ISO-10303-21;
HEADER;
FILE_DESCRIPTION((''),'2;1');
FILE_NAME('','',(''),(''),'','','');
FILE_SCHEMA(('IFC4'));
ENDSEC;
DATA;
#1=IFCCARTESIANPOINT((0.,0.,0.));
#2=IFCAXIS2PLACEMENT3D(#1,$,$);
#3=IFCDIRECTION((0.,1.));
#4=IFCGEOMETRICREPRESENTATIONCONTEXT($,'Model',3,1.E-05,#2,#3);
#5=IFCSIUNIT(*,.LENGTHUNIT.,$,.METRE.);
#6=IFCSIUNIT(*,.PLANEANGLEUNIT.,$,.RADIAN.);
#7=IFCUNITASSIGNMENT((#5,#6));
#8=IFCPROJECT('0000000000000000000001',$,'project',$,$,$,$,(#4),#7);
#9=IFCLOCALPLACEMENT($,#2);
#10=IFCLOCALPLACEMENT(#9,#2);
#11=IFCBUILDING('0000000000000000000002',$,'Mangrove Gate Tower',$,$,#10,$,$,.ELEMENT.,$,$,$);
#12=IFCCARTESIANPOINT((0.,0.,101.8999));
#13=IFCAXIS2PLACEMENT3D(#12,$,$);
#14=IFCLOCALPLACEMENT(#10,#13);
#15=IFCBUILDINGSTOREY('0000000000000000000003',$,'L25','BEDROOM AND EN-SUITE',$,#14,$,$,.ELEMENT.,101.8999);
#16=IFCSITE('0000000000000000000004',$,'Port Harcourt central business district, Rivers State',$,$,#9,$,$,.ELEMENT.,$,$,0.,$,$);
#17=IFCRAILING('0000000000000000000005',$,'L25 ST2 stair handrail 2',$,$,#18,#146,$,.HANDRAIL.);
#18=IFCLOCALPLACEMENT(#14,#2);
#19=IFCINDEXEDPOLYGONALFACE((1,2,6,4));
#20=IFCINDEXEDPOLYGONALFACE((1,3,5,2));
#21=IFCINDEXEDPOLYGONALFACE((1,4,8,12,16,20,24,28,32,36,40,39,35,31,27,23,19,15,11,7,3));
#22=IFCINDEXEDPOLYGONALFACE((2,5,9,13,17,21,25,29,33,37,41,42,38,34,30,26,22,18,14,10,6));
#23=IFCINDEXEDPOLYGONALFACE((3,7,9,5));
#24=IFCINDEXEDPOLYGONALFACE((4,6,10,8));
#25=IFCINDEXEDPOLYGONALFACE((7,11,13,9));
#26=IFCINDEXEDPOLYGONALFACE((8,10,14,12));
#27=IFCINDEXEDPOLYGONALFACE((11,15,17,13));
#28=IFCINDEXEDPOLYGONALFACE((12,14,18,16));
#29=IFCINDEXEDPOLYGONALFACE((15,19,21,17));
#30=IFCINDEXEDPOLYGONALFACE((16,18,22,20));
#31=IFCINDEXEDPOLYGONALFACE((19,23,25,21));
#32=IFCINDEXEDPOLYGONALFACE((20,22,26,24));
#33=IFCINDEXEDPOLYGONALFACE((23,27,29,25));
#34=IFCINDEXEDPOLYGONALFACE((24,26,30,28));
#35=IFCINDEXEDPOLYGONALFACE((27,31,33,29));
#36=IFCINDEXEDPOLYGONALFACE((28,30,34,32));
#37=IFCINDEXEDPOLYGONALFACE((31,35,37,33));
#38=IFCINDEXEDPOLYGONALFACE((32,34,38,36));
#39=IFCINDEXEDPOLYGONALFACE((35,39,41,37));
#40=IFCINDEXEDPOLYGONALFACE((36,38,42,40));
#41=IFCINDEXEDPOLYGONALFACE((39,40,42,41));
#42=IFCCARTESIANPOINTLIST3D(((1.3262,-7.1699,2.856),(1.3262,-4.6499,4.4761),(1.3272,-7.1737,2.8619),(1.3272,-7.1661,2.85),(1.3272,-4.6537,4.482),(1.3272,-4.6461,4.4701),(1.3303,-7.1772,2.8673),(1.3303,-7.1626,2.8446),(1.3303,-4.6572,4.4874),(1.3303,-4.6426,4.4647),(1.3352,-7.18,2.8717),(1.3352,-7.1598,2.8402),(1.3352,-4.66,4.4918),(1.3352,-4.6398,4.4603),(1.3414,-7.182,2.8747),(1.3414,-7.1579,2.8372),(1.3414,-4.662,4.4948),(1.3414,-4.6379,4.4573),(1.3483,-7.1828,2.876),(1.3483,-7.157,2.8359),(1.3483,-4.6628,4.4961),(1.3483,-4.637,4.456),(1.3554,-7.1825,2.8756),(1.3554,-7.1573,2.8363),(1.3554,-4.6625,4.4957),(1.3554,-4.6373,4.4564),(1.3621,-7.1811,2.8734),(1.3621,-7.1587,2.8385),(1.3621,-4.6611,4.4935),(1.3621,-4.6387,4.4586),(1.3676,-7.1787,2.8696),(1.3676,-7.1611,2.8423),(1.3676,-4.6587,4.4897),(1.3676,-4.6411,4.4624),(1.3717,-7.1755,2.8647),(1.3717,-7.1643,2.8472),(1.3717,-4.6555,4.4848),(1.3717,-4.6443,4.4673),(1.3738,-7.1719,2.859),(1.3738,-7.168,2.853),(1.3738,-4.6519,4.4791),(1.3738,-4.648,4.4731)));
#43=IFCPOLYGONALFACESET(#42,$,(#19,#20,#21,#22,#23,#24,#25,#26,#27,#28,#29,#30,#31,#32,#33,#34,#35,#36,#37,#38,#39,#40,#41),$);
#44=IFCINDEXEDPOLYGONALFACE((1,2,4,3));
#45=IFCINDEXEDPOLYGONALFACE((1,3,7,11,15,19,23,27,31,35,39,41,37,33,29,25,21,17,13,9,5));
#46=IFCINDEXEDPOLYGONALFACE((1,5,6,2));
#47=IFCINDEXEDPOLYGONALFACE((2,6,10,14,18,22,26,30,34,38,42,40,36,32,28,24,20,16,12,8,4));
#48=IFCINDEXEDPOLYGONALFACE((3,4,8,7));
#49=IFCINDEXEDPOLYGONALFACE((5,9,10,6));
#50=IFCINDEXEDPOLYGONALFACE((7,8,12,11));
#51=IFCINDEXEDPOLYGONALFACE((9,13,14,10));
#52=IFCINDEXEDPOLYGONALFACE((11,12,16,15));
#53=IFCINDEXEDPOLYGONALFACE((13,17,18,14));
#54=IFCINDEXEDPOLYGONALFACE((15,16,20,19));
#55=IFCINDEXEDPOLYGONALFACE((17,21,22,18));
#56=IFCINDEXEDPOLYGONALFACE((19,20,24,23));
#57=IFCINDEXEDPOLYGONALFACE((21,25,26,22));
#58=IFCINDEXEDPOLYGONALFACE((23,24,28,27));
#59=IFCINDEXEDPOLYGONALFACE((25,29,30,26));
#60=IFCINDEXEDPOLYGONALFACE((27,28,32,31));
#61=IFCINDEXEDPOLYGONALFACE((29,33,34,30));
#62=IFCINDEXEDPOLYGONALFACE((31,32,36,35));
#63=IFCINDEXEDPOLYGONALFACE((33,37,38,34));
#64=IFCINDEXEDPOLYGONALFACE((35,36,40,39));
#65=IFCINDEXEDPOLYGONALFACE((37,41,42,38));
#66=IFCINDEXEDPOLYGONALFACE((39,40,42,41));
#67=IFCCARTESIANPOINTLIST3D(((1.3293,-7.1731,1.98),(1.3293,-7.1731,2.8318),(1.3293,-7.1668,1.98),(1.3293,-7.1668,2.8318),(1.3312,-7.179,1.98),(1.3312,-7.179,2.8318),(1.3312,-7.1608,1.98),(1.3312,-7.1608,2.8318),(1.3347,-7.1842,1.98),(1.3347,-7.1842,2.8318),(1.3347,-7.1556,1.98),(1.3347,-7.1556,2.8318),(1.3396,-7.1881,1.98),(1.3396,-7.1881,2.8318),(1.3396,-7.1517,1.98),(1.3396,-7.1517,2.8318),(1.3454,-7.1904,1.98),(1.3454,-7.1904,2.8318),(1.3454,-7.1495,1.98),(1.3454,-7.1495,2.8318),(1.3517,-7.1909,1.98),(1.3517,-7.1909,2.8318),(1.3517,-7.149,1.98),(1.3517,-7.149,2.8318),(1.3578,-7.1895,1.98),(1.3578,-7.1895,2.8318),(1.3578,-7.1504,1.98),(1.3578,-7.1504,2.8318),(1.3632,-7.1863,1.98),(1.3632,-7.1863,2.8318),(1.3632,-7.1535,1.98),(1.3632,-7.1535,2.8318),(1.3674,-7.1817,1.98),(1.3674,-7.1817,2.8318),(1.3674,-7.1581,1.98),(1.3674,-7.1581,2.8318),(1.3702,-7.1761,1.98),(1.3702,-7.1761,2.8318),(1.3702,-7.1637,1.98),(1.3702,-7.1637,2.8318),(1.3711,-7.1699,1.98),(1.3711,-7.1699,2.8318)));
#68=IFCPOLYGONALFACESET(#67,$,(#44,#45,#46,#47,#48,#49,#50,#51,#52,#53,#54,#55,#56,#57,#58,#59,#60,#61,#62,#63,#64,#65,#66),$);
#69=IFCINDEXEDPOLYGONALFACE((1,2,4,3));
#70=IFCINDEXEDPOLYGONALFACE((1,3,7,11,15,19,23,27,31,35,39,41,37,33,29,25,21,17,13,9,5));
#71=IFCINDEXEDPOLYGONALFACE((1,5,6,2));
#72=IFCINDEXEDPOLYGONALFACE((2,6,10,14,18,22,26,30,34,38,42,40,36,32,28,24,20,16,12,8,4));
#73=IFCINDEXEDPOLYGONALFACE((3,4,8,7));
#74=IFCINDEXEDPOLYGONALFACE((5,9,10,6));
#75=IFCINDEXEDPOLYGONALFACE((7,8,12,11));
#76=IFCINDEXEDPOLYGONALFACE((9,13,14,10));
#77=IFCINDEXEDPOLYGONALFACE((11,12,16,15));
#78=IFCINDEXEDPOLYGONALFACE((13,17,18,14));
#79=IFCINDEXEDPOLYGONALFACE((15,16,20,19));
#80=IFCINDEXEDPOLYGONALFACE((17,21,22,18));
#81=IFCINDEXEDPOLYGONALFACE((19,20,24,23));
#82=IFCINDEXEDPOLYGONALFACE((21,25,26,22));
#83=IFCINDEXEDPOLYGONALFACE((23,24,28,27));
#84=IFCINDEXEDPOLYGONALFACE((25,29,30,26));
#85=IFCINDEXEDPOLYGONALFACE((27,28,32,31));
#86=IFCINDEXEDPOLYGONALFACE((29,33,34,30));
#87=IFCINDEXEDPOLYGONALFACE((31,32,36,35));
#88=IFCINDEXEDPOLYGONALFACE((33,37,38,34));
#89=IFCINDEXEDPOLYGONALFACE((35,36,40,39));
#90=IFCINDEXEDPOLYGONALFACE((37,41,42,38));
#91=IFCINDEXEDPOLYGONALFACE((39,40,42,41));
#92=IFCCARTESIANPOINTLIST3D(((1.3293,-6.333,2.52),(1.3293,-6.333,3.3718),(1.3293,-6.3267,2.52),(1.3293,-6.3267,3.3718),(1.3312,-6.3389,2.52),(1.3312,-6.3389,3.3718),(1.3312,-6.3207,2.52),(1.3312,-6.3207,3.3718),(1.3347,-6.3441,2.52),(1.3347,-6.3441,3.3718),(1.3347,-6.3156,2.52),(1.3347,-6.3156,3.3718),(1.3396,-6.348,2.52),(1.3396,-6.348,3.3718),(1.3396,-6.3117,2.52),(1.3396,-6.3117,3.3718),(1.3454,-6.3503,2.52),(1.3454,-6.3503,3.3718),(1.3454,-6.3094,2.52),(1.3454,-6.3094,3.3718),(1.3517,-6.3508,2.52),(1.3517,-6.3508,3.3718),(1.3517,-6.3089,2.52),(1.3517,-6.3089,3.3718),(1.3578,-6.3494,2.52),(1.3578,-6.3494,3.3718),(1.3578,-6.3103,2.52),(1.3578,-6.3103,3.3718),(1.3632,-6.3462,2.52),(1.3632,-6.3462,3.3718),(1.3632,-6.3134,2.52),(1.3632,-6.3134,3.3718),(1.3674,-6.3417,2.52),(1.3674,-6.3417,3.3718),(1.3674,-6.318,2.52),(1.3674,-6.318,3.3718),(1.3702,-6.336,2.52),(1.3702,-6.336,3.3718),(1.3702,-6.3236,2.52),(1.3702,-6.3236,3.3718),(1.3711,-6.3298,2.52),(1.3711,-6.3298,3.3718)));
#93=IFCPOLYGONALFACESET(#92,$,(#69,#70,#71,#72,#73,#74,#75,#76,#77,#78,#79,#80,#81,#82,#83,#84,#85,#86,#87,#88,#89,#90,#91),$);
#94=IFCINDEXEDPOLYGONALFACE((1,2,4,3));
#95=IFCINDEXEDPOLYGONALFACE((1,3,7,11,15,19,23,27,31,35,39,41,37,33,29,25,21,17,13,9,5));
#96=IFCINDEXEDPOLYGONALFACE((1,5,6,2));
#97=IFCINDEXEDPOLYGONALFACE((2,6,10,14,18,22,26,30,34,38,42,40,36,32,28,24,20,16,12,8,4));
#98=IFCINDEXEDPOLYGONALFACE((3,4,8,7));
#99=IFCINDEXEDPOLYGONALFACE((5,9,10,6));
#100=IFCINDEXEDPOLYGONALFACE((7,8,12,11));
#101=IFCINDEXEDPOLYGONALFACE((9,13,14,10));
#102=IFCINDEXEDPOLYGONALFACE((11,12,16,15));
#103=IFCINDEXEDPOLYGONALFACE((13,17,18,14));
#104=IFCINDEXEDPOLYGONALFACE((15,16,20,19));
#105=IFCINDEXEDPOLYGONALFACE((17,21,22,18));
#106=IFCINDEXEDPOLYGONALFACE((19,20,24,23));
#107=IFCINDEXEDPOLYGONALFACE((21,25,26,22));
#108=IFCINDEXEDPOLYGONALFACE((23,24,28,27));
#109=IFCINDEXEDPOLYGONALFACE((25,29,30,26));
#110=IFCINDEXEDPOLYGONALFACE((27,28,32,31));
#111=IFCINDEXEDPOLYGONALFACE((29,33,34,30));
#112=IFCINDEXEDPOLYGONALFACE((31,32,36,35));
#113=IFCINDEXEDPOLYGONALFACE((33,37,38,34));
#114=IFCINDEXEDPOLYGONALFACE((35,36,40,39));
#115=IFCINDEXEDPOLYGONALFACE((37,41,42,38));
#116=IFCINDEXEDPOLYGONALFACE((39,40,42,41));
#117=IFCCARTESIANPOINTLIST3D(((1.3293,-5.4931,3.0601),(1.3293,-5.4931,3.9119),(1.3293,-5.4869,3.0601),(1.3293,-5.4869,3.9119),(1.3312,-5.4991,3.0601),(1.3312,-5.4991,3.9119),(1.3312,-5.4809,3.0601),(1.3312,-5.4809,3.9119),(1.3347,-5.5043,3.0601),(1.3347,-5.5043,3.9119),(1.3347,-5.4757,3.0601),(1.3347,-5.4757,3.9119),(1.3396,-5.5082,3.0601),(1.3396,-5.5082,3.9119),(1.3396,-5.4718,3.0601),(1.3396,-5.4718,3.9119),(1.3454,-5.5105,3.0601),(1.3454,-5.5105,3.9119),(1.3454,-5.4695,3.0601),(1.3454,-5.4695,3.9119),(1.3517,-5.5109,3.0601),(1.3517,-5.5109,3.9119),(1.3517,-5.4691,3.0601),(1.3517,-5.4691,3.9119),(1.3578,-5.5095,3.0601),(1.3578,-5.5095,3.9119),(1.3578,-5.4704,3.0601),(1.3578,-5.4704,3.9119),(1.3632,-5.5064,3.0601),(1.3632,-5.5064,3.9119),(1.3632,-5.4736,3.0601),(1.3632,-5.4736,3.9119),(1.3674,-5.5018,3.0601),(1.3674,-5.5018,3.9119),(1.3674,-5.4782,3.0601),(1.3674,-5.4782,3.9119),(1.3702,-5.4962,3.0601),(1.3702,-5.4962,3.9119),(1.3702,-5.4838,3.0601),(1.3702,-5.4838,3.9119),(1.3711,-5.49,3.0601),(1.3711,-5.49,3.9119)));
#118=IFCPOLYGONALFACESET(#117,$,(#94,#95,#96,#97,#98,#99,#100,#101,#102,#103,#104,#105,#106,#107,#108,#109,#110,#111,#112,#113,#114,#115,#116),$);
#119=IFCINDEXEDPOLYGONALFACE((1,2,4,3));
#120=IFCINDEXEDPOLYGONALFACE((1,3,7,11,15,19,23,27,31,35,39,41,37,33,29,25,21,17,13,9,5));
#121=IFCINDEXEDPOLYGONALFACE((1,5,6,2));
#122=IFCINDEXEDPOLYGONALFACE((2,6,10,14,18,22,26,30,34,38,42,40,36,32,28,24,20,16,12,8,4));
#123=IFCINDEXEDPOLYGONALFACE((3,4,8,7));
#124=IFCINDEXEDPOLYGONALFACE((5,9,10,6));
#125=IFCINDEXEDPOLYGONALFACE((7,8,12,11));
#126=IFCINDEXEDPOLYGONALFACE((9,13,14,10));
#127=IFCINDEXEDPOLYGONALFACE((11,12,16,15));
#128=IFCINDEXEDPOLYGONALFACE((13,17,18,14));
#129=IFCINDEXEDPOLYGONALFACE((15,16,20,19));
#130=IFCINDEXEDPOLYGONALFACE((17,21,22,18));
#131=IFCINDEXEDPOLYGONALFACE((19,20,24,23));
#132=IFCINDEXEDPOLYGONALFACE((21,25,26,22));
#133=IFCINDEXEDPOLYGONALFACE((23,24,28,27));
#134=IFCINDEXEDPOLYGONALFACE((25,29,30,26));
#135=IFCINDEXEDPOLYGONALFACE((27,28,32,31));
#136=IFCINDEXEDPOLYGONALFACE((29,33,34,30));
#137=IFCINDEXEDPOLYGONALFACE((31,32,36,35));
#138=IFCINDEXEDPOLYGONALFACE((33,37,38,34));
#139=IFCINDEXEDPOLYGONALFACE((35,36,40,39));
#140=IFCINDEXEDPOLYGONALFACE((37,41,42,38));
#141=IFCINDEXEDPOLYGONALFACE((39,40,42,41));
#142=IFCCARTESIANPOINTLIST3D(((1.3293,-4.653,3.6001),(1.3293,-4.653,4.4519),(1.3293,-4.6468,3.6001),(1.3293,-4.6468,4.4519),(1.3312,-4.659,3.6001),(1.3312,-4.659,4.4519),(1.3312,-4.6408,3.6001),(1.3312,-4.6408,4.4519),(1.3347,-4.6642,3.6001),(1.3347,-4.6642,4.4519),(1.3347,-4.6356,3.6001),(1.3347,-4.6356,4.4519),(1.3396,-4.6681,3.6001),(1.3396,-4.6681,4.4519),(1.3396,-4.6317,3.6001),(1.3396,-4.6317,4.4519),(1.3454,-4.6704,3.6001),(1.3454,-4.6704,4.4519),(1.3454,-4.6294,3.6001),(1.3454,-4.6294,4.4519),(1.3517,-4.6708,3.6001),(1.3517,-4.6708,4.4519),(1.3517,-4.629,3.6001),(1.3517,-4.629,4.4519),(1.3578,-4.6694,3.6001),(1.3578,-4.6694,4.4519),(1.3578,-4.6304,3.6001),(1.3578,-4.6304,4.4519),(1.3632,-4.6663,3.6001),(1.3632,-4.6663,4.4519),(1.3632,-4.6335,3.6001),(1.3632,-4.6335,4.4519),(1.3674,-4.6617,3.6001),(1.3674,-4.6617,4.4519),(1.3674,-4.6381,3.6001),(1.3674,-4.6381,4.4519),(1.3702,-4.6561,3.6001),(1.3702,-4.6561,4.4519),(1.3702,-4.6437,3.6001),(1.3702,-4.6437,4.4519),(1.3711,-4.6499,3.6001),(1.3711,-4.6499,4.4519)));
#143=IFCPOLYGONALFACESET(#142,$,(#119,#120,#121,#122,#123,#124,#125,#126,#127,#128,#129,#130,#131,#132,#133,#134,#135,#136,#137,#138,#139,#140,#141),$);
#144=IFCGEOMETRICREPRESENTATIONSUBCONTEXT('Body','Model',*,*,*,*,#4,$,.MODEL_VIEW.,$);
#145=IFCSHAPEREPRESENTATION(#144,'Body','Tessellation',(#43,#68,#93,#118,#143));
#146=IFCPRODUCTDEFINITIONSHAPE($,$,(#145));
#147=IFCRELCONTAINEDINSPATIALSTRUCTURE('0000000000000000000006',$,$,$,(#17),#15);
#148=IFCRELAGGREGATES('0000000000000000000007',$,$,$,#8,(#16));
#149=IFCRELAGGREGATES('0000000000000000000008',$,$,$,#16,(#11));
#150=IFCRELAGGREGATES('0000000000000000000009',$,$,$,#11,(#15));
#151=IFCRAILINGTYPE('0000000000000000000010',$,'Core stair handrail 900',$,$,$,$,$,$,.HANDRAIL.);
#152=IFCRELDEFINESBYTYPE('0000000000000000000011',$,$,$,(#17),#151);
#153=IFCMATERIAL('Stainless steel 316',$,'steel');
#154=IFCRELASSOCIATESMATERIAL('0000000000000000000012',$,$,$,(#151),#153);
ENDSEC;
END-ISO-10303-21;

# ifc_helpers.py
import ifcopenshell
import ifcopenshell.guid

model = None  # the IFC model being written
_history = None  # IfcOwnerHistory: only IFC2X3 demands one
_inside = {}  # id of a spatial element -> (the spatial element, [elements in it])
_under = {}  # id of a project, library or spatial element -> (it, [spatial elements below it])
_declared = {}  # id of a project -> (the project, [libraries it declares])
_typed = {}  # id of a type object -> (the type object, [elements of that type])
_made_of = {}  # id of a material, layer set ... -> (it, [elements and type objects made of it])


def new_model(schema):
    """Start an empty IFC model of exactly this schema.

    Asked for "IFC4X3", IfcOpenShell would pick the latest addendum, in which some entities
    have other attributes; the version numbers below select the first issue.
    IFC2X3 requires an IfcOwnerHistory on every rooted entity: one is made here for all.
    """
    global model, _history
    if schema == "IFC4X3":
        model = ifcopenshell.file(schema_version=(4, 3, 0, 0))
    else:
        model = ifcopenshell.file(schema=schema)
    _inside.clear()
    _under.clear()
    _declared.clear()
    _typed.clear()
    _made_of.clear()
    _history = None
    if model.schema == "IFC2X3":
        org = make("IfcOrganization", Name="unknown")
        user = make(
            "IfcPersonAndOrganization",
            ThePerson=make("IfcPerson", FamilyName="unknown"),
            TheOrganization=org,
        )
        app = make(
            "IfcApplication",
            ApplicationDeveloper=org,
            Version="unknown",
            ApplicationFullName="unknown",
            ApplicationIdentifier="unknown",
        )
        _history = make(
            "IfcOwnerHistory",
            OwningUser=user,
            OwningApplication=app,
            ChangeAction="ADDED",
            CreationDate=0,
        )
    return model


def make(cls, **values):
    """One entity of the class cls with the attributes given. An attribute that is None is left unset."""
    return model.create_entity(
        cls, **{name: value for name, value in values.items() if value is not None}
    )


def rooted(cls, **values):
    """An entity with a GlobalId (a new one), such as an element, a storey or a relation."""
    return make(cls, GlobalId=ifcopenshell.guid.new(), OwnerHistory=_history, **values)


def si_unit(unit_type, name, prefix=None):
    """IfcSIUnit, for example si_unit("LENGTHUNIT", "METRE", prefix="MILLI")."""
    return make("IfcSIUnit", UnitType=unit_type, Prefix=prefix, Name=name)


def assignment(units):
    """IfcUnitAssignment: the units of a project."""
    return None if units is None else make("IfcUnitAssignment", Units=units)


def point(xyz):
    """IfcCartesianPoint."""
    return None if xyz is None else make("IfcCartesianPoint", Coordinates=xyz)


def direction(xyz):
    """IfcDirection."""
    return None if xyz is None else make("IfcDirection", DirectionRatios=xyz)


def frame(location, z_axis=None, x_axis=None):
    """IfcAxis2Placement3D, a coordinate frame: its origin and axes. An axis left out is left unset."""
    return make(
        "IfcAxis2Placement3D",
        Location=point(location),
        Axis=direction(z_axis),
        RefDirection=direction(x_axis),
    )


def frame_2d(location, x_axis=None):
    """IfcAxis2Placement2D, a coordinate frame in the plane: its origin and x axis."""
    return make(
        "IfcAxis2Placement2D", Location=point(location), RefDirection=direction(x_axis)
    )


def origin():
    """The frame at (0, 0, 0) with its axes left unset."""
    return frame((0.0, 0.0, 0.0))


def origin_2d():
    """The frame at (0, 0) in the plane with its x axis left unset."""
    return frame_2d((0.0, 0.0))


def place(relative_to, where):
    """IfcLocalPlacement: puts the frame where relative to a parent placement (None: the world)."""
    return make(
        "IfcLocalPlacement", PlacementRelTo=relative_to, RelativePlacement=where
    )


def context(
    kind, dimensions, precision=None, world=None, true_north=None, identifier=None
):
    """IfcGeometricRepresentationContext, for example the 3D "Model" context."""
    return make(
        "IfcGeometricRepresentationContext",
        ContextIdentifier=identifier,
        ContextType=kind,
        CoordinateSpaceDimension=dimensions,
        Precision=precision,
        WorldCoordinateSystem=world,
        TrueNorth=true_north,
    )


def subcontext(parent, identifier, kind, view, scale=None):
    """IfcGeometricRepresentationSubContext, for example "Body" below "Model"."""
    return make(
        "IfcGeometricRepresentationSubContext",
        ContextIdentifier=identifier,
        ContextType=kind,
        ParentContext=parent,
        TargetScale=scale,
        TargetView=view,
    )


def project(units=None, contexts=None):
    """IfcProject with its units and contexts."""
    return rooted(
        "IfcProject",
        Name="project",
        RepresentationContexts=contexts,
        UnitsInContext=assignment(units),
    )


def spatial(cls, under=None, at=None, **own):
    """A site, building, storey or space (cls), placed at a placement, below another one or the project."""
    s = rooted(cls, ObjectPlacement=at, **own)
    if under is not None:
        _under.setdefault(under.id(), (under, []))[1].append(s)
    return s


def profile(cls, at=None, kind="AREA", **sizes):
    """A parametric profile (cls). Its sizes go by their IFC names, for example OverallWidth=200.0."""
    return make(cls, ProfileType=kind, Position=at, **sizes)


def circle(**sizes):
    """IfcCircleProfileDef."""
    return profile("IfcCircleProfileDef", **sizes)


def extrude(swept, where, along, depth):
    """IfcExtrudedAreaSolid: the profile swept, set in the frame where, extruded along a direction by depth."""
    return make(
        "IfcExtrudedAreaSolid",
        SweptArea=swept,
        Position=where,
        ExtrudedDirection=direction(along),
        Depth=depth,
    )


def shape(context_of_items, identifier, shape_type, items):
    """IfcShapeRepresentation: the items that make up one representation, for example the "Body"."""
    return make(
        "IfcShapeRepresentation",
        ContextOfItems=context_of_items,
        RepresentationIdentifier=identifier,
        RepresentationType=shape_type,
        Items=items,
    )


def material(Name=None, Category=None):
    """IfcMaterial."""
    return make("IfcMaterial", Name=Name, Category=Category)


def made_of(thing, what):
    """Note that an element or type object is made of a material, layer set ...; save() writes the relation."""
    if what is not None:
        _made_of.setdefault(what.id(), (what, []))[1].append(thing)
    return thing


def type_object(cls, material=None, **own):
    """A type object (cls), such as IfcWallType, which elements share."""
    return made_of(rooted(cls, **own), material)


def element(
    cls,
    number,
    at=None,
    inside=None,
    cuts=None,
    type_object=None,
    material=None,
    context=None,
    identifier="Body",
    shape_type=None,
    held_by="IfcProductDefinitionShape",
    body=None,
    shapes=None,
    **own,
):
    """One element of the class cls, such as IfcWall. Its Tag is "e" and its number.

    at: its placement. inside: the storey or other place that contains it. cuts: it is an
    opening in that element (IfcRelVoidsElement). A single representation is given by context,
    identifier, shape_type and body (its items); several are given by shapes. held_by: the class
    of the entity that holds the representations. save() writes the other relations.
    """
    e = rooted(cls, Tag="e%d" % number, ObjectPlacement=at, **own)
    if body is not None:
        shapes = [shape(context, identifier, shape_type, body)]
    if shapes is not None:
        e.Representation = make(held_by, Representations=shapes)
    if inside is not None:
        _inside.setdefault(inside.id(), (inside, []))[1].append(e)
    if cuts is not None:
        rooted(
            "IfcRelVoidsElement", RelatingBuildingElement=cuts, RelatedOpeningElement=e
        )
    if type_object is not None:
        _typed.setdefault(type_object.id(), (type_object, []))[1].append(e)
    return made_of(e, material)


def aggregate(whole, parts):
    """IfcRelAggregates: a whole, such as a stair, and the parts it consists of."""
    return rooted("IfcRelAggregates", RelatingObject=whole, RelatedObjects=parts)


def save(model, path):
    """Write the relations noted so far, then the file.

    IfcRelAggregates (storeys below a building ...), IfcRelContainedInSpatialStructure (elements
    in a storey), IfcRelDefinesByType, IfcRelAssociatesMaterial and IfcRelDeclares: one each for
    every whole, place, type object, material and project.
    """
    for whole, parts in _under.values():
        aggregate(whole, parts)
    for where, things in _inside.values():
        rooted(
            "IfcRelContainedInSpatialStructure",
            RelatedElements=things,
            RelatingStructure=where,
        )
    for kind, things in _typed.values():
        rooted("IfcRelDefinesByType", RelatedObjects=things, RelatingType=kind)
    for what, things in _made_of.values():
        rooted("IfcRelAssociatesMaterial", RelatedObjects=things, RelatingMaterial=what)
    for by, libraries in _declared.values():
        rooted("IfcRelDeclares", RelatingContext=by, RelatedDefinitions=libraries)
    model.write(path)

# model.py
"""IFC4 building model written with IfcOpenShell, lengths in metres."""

from ifc_helpers import new_model, si_unit, direction, frame, origin, origin_2d, place, context, subcontext, project, spatial, circle, extrude, material, type_object, element, save


model = new_model("IFC4")

# Units and contexts
model_context = context("Model", 3, precision=1e-05, world=origin(), true_north=direction((0.0, 1.0)))
body_context = subcontext(model_context, "Body", "Model", "MODEL_VIEW")
ifc_project = project(units=[si_unit("LENGTHUNIT", "METRE"), si_unit("PLANEANGLEUNIT", "RADIAN")], contexts=[model_context])

# Site, building, storey
site_placement = place(None, origin())
site = spatial("IfcSite", under=ifc_project, at=site_placement, Name="Port Harcourt central business district, Rivers State", CompositionType="ELEMENT", RefElevation=0.0)
building_placement = place(site_placement, origin())
building = spatial("IfcBuilding", under=site, at=building_placement, Name="Mangrove Gate Tower", CompositionType="ELEMENT")
storey_placement = place(building_placement, frame((0.0, 0.0, 101.8999)))
storey = spatial("IfcBuildingStorey", under=building, at=storey_placement, Name="L25", Description="BEDROOM AND EN-SUITE", CompositionType="ELEMENT", Elevation=101.8999)

# Railing
ifc_material_1 = material(Name="Stainless steel 316", Category="steel")
railing_type_1 = type_object("IfcRailingType", Name="Core stair handrail 900", PredefinedType="HANDRAIL", material=ifc_material_1)
railing_1_placement = place(storey_placement, frame((1.3501, -7.1699, 1.98)))
element("IfcRailing", 1, at=railing_1_placement, inside=storey, type_object=railing_type_1, Name="L25 ST2 stair handrail 2", PredefinedType="HANDRAIL", context=body_context, shape_type="SweptSolid", body=[
    extrude(circle(Radius=0.0239, at=origin_2d()), frame((0.0, 0.0, 0.876), z_axis=(0.0, 0.841163, 0.540782), x_axis=(-1.0, 0.0, 0.0)), (0.0, 0.0, 1.0), 2.9958),
    extrude(circle(Radius=0.021, at=origin_2d()), origin(), (0.0, 0.0, 1.0), 0.8518),
    extrude(circle(Radius=0.021, at=origin_2d()), frame((0.0, 0.8401, 0.54)), (0.0, 0.0, 1.0), 0.8518),
    extrude(circle(Radius=0.021, at=origin_2d()), frame((0.0, 1.6799, 1.0801)), (0.0, 0.0, 1.0), 0.8518),
    extrude(circle(Radius=0.021, at=origin_2d()), frame((0.0, 2.52, 1.6201)), (0.0, 0.0, 1.0), 0.8518),
])

save(model, "model.ifc")
